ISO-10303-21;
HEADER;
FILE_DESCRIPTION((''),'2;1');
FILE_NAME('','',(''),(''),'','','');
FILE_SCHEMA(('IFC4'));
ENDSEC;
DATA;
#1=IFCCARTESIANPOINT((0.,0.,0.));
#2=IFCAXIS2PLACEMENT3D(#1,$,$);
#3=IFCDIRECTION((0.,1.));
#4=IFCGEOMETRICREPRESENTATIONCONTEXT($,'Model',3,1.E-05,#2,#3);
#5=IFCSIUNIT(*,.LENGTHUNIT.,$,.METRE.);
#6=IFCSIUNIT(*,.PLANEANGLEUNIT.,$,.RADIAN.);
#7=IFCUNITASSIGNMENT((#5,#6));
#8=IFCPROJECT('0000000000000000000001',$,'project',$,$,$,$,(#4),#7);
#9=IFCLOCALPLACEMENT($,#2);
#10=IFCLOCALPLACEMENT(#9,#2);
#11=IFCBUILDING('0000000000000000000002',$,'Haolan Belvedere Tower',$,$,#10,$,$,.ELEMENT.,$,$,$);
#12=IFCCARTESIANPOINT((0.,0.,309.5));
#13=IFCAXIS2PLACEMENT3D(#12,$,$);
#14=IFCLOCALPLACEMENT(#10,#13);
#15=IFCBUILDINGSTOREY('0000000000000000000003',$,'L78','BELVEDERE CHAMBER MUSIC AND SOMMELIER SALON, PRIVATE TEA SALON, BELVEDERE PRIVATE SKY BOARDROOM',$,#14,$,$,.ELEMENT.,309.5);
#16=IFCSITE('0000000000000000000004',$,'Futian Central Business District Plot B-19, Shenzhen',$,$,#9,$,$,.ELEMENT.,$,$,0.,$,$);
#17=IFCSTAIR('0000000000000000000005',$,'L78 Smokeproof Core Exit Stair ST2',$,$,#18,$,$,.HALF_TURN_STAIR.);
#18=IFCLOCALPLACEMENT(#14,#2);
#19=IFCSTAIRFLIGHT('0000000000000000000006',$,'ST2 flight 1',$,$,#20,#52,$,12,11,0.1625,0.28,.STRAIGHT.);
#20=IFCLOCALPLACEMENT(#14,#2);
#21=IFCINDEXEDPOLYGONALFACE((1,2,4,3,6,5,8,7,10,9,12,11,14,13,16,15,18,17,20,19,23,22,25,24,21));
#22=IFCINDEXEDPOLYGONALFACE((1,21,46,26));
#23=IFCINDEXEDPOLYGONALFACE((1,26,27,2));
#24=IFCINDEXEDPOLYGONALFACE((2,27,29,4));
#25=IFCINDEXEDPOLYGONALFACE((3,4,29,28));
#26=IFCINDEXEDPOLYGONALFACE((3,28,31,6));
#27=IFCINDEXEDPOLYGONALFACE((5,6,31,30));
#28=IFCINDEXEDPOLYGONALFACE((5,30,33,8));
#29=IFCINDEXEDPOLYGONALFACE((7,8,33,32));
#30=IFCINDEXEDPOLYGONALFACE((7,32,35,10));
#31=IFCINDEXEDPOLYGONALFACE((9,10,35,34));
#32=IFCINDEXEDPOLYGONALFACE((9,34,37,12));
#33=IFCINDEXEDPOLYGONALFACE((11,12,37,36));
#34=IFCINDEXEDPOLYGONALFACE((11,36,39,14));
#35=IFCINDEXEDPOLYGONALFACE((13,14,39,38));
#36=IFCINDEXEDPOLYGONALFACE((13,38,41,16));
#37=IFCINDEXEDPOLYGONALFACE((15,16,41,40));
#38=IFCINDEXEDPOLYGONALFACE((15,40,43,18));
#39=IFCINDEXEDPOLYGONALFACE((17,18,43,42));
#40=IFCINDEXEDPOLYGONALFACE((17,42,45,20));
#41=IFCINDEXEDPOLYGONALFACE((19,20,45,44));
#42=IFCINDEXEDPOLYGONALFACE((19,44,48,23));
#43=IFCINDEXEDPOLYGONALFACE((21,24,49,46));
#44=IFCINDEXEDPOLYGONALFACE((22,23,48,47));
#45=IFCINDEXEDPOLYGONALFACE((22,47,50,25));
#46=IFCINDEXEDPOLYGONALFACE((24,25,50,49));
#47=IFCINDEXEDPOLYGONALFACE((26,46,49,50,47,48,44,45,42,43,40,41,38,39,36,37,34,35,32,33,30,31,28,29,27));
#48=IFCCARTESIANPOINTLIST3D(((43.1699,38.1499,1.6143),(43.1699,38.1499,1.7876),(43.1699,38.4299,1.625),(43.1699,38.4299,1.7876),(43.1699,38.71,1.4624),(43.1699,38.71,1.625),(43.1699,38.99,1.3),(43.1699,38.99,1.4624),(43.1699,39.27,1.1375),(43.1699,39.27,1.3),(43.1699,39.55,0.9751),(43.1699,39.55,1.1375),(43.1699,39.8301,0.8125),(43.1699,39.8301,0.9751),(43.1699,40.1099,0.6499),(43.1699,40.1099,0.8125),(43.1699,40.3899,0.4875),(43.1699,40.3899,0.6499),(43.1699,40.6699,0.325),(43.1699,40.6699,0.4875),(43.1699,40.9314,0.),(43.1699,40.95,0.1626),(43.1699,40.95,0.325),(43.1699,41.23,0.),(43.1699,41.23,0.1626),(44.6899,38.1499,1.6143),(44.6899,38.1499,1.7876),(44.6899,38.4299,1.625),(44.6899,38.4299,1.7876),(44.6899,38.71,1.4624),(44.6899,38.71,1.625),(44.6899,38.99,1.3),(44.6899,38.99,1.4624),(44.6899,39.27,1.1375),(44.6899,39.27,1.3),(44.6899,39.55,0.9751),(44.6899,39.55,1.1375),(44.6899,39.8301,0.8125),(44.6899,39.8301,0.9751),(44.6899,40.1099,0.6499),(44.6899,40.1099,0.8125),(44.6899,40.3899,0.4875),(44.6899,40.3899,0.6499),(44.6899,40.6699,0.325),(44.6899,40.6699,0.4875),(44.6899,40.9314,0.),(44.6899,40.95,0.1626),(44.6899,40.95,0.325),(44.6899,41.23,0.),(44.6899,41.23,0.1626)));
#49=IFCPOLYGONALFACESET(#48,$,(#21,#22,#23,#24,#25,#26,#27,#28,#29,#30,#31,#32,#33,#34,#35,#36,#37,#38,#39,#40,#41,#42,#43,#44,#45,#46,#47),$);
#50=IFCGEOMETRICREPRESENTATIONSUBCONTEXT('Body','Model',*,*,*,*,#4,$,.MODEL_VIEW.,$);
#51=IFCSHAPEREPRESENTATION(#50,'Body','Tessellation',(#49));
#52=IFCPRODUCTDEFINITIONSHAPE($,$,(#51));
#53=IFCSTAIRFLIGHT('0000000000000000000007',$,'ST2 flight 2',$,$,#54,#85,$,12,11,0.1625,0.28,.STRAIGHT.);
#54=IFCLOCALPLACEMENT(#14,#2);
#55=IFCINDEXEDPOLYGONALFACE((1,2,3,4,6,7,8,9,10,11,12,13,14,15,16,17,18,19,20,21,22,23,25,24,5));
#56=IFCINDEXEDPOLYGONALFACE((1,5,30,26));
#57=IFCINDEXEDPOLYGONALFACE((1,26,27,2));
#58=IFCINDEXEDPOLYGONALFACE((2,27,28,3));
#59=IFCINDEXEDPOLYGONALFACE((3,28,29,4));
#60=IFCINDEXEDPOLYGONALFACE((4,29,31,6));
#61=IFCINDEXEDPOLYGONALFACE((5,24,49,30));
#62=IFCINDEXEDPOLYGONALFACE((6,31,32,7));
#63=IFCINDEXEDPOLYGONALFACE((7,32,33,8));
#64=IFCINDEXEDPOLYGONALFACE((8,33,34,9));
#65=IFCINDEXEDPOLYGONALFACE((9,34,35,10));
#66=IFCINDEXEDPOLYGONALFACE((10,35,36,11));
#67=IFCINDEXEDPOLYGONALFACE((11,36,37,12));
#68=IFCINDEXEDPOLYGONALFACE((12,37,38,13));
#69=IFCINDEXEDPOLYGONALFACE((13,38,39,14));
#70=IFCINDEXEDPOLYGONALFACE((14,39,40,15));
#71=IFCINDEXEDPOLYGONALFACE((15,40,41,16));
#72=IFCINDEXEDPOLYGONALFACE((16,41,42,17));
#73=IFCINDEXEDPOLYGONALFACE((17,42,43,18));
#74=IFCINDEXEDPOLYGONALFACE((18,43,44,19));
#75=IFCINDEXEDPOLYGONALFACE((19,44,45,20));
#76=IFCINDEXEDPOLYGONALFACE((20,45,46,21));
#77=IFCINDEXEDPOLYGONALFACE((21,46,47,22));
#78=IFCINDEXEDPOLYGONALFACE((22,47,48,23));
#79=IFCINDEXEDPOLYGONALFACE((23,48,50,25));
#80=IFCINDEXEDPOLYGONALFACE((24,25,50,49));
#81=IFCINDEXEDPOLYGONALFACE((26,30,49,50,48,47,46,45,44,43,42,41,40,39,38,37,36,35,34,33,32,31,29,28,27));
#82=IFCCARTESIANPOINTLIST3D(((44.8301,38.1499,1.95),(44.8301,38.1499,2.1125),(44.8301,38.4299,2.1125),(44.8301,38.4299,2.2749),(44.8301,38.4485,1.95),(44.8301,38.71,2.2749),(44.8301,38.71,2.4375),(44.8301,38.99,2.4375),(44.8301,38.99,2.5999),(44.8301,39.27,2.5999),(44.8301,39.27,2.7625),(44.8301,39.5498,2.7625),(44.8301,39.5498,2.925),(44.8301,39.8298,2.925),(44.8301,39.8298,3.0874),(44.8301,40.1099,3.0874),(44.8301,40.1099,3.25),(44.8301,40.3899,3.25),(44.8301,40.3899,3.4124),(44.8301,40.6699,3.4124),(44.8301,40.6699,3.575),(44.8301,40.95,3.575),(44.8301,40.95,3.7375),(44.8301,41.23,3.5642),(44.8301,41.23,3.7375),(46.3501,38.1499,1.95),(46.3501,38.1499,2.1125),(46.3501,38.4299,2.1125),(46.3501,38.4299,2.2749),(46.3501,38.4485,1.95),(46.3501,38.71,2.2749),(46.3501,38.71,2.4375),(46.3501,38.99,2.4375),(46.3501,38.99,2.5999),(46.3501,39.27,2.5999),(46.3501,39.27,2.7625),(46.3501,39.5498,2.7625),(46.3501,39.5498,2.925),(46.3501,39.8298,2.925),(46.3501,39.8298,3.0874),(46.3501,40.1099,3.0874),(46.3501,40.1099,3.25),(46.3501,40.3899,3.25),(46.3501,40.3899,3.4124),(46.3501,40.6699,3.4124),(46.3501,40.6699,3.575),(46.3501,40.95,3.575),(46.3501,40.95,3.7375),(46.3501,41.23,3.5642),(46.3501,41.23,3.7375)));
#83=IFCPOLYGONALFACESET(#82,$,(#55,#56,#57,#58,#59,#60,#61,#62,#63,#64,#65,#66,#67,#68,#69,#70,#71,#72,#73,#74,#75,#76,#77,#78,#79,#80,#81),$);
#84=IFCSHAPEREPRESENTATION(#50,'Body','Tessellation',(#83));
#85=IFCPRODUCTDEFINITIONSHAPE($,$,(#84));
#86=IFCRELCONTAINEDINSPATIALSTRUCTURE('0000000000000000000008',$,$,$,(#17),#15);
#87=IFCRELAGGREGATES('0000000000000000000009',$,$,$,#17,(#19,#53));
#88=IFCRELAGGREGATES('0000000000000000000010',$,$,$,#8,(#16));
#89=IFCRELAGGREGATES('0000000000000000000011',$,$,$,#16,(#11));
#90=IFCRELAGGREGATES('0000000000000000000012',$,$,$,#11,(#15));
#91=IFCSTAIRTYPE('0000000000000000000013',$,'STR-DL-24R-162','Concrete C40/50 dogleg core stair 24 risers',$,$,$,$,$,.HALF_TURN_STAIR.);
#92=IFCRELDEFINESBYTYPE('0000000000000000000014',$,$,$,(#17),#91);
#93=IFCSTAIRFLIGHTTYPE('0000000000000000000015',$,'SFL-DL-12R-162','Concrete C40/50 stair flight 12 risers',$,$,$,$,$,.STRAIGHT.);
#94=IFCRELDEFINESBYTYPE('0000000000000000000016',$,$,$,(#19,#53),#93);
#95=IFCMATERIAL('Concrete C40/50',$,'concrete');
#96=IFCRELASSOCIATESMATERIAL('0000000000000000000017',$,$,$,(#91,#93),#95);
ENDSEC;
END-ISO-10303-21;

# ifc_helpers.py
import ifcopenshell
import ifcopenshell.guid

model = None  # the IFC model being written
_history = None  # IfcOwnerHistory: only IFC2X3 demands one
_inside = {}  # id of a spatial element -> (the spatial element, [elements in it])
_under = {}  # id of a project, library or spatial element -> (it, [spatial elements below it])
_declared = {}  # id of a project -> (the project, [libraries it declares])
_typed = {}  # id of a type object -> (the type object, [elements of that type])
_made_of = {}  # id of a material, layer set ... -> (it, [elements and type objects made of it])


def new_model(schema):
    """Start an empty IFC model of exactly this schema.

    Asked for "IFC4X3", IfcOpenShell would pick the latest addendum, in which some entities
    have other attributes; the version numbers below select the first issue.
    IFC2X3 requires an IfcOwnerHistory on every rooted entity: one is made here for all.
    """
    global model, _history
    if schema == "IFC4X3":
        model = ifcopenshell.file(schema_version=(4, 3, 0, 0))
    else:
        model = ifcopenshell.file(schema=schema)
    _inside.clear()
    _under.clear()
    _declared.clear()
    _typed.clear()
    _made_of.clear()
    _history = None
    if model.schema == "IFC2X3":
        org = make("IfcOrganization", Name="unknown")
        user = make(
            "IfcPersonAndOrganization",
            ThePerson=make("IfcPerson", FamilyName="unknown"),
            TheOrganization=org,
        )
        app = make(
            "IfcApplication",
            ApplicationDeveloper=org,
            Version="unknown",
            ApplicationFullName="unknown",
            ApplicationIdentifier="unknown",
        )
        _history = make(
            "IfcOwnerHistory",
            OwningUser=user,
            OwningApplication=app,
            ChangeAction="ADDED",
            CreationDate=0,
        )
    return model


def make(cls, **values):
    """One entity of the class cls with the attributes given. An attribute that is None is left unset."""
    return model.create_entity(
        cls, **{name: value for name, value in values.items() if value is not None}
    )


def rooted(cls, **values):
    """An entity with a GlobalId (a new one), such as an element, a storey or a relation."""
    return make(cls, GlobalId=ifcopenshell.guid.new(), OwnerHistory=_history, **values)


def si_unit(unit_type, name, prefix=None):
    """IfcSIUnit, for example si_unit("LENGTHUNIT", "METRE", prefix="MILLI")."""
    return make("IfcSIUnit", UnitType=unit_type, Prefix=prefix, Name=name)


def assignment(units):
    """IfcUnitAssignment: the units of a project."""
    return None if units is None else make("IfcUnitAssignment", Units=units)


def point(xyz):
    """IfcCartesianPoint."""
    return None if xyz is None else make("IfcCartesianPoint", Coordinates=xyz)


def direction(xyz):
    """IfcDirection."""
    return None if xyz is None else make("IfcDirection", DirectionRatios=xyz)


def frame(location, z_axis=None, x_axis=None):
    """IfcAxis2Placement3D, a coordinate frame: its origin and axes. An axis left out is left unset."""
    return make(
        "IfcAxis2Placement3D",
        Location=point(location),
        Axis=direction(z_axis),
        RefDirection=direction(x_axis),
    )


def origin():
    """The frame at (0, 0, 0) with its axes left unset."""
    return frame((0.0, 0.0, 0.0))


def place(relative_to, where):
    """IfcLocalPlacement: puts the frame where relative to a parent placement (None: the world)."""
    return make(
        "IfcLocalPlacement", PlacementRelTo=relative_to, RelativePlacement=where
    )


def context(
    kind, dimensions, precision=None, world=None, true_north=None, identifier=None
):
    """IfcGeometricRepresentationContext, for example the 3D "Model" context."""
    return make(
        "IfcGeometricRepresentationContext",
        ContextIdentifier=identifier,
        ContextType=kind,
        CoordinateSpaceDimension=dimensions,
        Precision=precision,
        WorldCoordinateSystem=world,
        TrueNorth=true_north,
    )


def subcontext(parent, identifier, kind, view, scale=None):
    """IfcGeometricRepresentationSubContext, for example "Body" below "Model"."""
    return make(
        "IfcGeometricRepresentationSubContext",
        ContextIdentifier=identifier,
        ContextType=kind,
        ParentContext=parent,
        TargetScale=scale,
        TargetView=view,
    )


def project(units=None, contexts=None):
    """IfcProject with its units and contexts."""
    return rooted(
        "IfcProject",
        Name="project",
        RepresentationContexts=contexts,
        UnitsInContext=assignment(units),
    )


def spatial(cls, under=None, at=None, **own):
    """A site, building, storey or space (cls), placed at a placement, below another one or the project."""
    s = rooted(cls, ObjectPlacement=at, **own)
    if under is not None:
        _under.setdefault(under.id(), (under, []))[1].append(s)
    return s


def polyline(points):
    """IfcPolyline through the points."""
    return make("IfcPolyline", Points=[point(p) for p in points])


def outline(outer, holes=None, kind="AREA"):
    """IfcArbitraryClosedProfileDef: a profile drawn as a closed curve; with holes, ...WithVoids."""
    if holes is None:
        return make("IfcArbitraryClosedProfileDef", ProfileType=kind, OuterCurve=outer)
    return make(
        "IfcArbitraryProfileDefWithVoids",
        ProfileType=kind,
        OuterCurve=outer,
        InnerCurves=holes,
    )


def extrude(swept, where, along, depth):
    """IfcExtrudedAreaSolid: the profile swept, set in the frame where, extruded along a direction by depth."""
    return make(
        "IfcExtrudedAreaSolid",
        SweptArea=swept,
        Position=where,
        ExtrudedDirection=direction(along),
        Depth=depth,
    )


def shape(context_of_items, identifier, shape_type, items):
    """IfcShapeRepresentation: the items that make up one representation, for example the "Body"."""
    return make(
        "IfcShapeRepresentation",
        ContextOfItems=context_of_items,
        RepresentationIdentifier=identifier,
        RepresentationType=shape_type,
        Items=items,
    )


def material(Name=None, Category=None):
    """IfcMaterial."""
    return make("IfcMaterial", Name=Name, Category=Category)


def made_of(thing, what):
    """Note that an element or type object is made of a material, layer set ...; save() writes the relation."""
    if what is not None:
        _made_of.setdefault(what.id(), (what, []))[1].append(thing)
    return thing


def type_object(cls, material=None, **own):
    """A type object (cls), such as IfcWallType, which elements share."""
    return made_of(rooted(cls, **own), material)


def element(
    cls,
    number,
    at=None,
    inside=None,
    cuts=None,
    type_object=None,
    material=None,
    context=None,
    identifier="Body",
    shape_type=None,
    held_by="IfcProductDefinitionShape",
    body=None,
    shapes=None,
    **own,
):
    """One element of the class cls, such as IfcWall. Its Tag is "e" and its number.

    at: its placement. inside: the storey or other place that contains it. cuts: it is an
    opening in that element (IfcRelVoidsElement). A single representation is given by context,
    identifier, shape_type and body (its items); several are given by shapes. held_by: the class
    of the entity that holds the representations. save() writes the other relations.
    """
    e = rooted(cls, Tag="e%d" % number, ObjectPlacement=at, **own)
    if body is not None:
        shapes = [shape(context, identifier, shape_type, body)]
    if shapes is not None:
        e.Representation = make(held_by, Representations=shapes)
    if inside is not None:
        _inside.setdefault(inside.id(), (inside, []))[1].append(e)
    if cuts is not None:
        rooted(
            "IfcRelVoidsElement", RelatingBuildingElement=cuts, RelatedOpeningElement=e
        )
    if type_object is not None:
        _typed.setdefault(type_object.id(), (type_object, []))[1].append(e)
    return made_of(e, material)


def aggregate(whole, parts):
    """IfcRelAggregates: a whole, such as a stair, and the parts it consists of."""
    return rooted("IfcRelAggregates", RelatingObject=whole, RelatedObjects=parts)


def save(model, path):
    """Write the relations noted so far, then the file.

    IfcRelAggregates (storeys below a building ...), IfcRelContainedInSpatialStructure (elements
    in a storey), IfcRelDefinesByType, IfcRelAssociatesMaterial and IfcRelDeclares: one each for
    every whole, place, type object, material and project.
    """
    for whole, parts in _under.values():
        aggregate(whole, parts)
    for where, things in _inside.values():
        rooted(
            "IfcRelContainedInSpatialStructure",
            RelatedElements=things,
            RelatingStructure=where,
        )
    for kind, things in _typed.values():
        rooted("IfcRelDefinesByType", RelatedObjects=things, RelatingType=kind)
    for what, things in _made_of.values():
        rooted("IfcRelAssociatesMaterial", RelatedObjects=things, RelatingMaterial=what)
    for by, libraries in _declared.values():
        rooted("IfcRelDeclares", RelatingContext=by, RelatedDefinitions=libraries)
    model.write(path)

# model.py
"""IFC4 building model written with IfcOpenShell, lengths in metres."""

from ifc_helpers import new_model, si_unit, direction, frame, origin, place, context, subcontext, project, spatial, polyline, outline, extrude, material, type_object, element, aggregate, save


model = new_model("IFC4")

# Units and contexts
model_context = context("Model", 3, precision=1e-05, world=origin(), true_north=direction((0.0, 1.0)))
body_context = subcontext(model_context, "Body", "Model", "MODEL_VIEW")
ifc_project = project(units=[si_unit("LENGTHUNIT", "METRE"), si_unit("PLANEANGLEUNIT", "RADIAN")], contexts=[model_context])

# Site, building, storey
site_placement = place(None, origin())
site = spatial("IfcSite", under=ifc_project, at=site_placement, Name="Futian Central Business District Plot B-19, Shenzhen", CompositionType="ELEMENT", RefElevation=0.0)
building_placement = place(site_placement, origin())
building = spatial("IfcBuilding", under=site, at=building_placement, Name="Haolan Belvedere Tower", CompositionType="ELEMENT")
storey_placement = place(building_placement, frame((0.0, 0.0, 309.5)))
storey = spatial("IfcBuildingStorey", under=building, at=storey_placement, Name="L78", Description="BELVEDERE CHAMBER MUSIC AND SOMMELIER SALON, PRIVATE TEA SALON, BELVEDERE PRIVATE SKY BOARDROOM", CompositionType="ELEMENT", Elevation=309.5)

# Shared definitions
ifc_material_1 = material(Name="Concrete C40/50", Category="concrete")

# Stair, stair flights
stair_type = type_object("IfcStairType", Name="STR-DL-24R-162", Description="Concrete C40/50 dogleg core stair 24 risers", PredefinedType="HALF_TURN_STAIR", material=ifc_material_1)
stair_placement = place(storey_placement, origin())
stair = element("IfcStair", 1, at=stair_placement, inside=storey, type_object=stair_type, Name="L78 Smokeproof Core Exit Stair ST2", PredefinedType="HALF_TURN_STAIR")
stair_flight_type = type_object("IfcStairFlightType", Name="SFL-DL-12R-162", Description="Concrete C40/50 stair flight 12 risers", PredefinedType="STRAIGHT", material=ifc_material_1)
stair_flight_1_placement = place(storey_placement, frame((43.9299, 41.23, 0.0), z_axis=(0.0, 0.0, 1.0), x_axis=(0.0, -1.0, 0.0)))
stair_flight_1 = element("IfcStairFlight", 2, at=stair_flight_1_placement, type_object=stair_flight_type, Name="ST2 flight 1", NumberOfRisers=12, NumberOfTreads=11, PredefinedType="STRAIGHT", RiserHeight=0.1625, TreadLength=0.28, context=body_context, shape_type="SweptSolid", body=[
    extrude(outline(polyline([(0.0, 0.0), (0.0, 0.1626), (0.28, 0.1626), (0.28, 0.325), (0.5601, 0.325), (0.5601, 0.4875), (0.8401, 0.4875), (0.8401, 0.6499), (1.1201, 0.6499), (1.1201, 0.8125), (1.3999, 0.8125), (1.3999, 0.9751), (1.6799, 0.9751), (1.6799, 1.1375), (1.96, 1.1375), (1.96, 1.3), (2.24, 1.3), (2.24, 1.4624), (2.52, 1.4624), (2.52, 1.625), (2.8, 1.625), (2.8, 1.7876), (3.0801, 1.7876), (3.0801, 1.95), (3.0801, 1.6143), (0.2986, 0.0), (0.0, 0.0)])), frame((0.0, 0.76, 0.0), z_axis=(0.0, -1.0, 0.0), x_axis=(1.0, 0.0, 0.0)), (0.0, 0.0, 1.0), 1.52),
])
stair_flight_2_placement = place(storey_placement, frame((45.5901, 38.1499, 1.95), z_axis=(0.0, 0.0, 1.0), x_axis=(0.0, 1.0, 0.0)))
stair_flight_2 = element("IfcStairFlight", 3, at=stair_flight_2_placement, type_object=stair_flight_type, Name="ST2 flight 2", NumberOfRisers=12, NumberOfTreads=11, PredefinedType="STRAIGHT", RiserHeight=0.1625, TreadLength=0.28, context=body_context, shape_type="SweptSolid", body=[
    extrude(outline(polyline([(0.0, 0.0), (0.0, 0.1626), (0.28, 0.1626), (0.28, 0.325), (0.5601, 0.325), (0.5601, 0.4875), (0.8401, 0.4875), (0.8401, 0.6499), (1.1201, 0.6499), (1.1201, 0.8125), (1.3999, 0.8125), (1.3999, 0.9751), (1.6799, 0.9751), (1.6799, 1.1375), (1.96, 1.1375), (1.96, 1.3), (2.24, 1.3), (2.24, 1.4624), (2.52, 1.4624), (2.52, 1.625), (2.8, 1.625), (2.8, 1.7876), (3.0801, 1.7876), (3.0801, 1.95), (3.0801, 1.6143), (0.2986, 0.0), (0.0, 0.0)])), frame((0.0, 0.76, 0.0), z_axis=(0.0, -1.0, 0.0), x_axis=(1.0, 0.0, 0.0)), (0.0, 0.0, 1.0), 1.52),
])
aggregate(stair, [stair_flight_1, stair_flight_2])

save(model, "model.ifc")
